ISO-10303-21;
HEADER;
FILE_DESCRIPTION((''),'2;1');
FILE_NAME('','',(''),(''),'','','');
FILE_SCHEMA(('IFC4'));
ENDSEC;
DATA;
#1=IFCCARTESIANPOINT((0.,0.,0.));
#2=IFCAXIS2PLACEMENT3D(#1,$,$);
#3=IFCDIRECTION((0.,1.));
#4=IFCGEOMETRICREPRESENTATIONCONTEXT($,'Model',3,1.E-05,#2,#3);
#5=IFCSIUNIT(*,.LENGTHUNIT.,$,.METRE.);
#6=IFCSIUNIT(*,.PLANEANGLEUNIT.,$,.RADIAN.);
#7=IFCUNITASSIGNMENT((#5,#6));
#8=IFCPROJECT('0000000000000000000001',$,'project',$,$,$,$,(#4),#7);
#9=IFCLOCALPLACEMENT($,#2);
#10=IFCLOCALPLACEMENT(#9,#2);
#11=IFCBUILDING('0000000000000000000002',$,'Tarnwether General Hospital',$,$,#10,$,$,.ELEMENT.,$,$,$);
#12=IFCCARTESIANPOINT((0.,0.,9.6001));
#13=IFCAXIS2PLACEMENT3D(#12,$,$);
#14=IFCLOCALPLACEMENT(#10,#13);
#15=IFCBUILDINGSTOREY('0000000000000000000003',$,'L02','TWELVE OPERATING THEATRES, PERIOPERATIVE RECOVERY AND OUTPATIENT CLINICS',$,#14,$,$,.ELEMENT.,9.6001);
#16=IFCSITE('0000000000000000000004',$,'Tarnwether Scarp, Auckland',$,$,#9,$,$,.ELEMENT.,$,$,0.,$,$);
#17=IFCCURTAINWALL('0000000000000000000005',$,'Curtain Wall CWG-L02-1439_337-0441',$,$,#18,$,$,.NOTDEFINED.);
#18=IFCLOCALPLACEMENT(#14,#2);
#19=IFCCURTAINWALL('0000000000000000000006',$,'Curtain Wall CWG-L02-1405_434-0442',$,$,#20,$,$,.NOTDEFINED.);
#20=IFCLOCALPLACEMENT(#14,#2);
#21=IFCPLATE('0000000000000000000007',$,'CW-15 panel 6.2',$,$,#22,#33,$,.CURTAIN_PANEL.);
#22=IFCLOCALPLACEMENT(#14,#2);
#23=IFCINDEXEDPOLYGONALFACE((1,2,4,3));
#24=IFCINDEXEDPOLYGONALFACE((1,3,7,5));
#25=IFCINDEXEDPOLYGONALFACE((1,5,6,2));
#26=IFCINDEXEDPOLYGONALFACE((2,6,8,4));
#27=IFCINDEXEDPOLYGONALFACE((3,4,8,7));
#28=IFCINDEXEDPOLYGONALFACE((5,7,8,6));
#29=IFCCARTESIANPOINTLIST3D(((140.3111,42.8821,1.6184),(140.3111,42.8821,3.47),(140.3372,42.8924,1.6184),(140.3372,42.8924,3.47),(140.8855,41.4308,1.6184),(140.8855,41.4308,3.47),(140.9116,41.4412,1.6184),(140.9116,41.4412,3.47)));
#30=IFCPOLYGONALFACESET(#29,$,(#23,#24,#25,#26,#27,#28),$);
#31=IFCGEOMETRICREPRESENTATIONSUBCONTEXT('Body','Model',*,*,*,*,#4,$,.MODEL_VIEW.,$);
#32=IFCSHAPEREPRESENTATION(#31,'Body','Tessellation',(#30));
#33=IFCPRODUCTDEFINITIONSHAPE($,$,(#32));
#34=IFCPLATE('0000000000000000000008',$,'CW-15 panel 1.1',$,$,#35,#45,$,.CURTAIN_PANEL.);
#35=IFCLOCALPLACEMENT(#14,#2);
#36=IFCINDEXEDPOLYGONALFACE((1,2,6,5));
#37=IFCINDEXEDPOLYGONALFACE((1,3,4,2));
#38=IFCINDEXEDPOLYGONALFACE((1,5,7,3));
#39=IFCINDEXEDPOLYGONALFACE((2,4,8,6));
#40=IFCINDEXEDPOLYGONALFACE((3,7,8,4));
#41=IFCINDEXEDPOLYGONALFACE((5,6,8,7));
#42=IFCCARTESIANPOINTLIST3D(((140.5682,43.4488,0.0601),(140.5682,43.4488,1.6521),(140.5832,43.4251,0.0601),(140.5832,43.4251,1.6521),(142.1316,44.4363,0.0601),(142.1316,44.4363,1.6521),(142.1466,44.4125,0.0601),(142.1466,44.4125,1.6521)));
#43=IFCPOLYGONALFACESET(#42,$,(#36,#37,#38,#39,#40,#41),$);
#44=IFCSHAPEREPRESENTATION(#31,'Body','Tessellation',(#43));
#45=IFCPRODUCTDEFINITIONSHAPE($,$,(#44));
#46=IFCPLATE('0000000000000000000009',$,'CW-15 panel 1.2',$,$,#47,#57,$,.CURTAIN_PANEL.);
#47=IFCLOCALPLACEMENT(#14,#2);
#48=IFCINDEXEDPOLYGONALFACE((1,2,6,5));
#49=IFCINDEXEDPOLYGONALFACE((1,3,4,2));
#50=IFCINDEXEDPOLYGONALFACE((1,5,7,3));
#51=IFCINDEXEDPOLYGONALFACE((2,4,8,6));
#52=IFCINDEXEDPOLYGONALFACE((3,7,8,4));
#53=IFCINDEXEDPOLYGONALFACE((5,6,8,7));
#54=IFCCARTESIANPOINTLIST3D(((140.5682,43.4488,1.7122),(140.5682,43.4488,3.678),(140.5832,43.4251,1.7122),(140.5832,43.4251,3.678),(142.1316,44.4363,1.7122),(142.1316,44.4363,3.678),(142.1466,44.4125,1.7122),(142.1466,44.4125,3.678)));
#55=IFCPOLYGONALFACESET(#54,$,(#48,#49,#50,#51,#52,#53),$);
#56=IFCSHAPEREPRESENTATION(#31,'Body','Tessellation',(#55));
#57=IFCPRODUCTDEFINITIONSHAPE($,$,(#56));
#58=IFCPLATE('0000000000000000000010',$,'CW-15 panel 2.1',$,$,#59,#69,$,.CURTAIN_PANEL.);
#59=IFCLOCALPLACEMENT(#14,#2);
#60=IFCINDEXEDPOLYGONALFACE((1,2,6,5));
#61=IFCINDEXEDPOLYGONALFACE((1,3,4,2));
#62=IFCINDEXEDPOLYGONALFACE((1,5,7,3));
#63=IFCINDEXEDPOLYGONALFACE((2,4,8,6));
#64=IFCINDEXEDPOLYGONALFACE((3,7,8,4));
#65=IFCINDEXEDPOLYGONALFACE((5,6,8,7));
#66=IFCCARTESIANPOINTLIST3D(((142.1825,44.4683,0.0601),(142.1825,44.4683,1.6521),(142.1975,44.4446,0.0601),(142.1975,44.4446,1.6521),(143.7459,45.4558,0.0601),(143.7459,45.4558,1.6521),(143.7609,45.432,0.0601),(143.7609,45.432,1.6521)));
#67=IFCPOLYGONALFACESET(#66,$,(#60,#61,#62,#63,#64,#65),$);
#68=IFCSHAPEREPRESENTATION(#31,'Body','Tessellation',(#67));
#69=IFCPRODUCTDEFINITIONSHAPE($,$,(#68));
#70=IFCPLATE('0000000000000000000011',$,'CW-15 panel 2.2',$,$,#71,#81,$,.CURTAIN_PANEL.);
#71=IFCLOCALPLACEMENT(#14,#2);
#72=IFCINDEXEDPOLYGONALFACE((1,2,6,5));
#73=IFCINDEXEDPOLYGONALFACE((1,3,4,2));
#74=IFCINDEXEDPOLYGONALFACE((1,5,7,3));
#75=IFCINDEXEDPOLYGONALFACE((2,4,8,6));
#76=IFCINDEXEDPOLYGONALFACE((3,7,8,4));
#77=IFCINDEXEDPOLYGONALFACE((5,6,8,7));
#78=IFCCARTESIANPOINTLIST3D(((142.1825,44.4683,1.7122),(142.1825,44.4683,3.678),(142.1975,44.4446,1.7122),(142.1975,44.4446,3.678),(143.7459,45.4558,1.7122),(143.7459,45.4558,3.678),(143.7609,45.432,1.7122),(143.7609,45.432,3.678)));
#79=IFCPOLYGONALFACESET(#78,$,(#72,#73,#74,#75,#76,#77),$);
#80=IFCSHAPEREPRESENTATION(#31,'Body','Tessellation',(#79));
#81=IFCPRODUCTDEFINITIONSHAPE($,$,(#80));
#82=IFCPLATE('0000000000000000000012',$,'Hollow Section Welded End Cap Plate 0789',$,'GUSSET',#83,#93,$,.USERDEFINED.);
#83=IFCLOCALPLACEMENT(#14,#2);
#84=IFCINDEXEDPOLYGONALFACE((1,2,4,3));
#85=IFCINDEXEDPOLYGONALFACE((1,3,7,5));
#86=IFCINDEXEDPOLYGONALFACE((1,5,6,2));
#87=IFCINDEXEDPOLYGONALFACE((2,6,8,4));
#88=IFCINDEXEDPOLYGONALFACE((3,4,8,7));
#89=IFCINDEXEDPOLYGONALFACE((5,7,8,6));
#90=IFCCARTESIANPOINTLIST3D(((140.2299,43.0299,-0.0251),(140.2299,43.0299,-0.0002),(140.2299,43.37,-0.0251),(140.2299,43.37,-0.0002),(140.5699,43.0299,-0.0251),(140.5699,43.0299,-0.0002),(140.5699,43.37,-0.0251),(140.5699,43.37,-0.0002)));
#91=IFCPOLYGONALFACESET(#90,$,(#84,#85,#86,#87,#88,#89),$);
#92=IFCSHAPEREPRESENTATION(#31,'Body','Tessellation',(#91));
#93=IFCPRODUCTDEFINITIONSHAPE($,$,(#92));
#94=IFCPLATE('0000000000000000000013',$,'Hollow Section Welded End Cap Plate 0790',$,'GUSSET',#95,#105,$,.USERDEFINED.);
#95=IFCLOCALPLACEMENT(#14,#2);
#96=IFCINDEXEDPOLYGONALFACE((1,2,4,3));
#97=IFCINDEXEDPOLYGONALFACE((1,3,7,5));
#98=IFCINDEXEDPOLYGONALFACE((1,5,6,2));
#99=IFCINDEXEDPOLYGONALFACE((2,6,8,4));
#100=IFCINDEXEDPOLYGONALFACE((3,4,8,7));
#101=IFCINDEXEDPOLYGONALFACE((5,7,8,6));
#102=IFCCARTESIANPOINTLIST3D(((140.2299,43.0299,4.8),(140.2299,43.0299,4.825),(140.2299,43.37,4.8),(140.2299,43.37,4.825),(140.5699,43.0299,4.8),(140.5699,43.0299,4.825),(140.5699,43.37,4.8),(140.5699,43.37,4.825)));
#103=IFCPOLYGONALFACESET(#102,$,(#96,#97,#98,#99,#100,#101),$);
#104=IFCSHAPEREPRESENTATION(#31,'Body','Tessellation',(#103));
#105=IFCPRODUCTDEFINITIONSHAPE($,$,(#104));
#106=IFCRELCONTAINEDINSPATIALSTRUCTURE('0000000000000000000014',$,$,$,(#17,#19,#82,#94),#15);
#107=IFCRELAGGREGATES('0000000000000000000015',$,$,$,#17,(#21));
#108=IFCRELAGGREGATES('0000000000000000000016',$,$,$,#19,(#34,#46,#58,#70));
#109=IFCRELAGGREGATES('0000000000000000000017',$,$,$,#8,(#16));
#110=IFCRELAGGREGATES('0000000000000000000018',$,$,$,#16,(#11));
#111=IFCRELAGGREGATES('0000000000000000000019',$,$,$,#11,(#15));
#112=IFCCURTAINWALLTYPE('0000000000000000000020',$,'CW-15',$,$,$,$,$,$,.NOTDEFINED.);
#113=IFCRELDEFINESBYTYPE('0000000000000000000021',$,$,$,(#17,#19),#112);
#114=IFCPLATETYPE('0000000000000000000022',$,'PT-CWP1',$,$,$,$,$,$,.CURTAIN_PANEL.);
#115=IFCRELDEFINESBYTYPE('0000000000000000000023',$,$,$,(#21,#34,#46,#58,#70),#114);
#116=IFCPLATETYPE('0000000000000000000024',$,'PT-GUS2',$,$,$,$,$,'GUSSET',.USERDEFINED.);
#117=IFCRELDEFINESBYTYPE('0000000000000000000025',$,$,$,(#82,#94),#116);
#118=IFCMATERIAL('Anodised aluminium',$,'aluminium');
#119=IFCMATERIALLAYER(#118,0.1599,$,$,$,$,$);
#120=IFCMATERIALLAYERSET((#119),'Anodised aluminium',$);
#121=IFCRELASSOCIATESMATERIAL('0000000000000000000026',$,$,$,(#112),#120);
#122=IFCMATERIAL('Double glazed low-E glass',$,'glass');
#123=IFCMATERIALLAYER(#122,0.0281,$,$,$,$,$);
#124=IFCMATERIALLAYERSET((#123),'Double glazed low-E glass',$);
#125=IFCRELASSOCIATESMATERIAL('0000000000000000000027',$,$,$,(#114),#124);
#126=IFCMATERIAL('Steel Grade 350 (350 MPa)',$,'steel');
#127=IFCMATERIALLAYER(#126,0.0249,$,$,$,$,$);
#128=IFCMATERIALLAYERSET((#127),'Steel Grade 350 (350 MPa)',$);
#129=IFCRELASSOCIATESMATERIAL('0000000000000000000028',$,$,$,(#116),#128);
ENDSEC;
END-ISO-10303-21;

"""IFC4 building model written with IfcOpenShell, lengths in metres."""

from ifc_helpers import new_model, si_unit, direction, frame, origin, origin_2d, place, context, subcontext, project, spatial, rectangle, extrude, material, layer, layer_set, type_object, element, aggregate, save


model = new_model("IFC4")

# Units and contexts
model_context = context("Model", 3, precision=1e-05, world=origin(), true_north=direction((0.0, 1.0)))
body_context = subcontext(model_context, "Body", "Model", "MODEL_VIEW")
ifc_project = project(units=[si_unit("LENGTHUNIT", "METRE"), si_unit("PLANEANGLEUNIT", "RADIAN")], contexts=[model_context])

# Site, building, storey
site_placement = place(None, origin())
site = spatial("IfcSite", under=ifc_project, at=site_placement, Name="Tarnwether Scarp, Auckland", CompositionType="ELEMENT", RefElevation=0.0)
building_placement = place(site_placement, origin())
building = spatial("IfcBuilding", under=site, at=building_placement, Name="Tarnwether General Hospital", CompositionType="ELEMENT")
storey_placement = place(building_placement, frame((0.0, 0.0, 9.6001)))
storey = spatial("IfcBuildingStorey", under=building, at=storey_placement, Name="L02", Description="TWELVE OPERATING THEATRES, PERIOPERATIVE RECOVERY AND OUTPATIENT CLINICS", CompositionType="ELEMENT", Elevation=9.6001)

# Curtain walls
ifc_material_1 = material(Name="Anodised aluminium", Category="aluminium")
ifc_layer_1 = layer(ifc_material_1, 0.1599)
ifc_layer_set_1 = layer_set([ifc_layer_1], Name="Anodised aluminium")
curtain_wall_type = type_object("IfcCurtainWallType", Name="CW-15", PredefinedType="NOTDEFINED", material=ifc_layer_set_1)
curtain_wall_1_placement = place(storey_placement, origin())
curtain_wall_1 = element("IfcCurtainWall", 1, at=curtain_wall_1_placement, inside=storey, type_object=curtain_wall_type, Name="Curtain Wall CWG-L02-1439_337-0441", PredefinedType="NOTDEFINED")
curtain_wall_2_placement = place(storey_placement, origin())
curtain_wall_2 = element("IfcCurtainWall", 2, at=curtain_wall_2_placement, inside=storey, type_object=curtain_wall_type, Name="Curtain Wall CWG-L02-1405_434-0442", PredefinedType="NOTDEFINED")

# Plates
ifc_material_2 = material(Name="Double glazed low-E glass", Category="glass")
ifc_layer_2 = layer(ifc_material_2, 0.0281)
ifc_layer_set_2 = layer_set([ifc_layer_2], Name="Double glazed low-E glass")
plate_type_1 = type_object("IfcPlateType", Name="PT-CWP1", PredefinedType="CURTAIN_PANEL", material=ifc_layer_set_2)
plate_1_placement = place(storey_placement, frame((140.6113, 42.1616, 1.6184), z_axis=(0.0, 0.0, 1.0), x_axis=(-0.367994, 0.929828, 0.0)))
plate_1 = element("IfcPlate", 3, at=plate_1_placement, type_object=plate_type_1, Name="CW-15 panel 6.2", PredefinedType="CURTAIN_PANEL", context=body_context, shape_type="SweptSolid", body=[
    extrude(rectangle(XDim=1.5608, YDim=0.0281, at=origin_2d()), origin(), (0.0, 0.0, 1.0), 1.8516),
])
aggregate(curtain_wall_1, [plate_1])
plate_2_placement = place(storey_placement, frame((141.3574, 43.9307, 0.0601), z_axis=(0.0, 0.0, 1.0), x_axis=(0.845483, 0.534003, 0.0)))
plate_2 = element("IfcPlate", 4, at=plate_2_placement, type_object=plate_type_1, Name="CW-15 panel 1.1", PredefinedType="CURTAIN_PANEL", context=body_context, shape_type="SweptSolid", body=[
    extrude(rectangle(XDim=1.8491, YDim=0.0281, at=origin_2d()), origin(), (0.0, 0.0, 1.0), 1.592),
])
plate_3_placement = place(storey_placement, frame((141.3574, 43.9307, 1.7122), z_axis=(0.0, 0.0, 1.0), x_axis=(0.845483, 0.534003, 0.0)))
plate_3 = element("IfcPlate", 5, at=plate_3_placement, type_object=plate_type_1, Name="CW-15 panel 1.2", PredefinedType="CURTAIN_PANEL", context=body_context, shape_type="SweptSolid", body=[
    extrude(rectangle(XDim=1.8491, YDim=0.0281, at=origin_2d()), origin(), (0.0, 0.0, 1.0), 1.9658),
])
plate_4_placement = place(storey_placement, frame((142.9717, 44.9502, 0.0601), z_axis=(0.0, 0.0, 1.0), x_axis=(0.845483, 0.534003, 0.0)))
plate_4 = element("IfcPlate", 6, at=plate_4_placement, type_object=plate_type_1, Name="CW-15 panel 2.1", PredefinedType="CURTAIN_PANEL", context=body_context, shape_type="SweptSolid", body=[
    extrude(rectangle(XDim=1.8491, YDim=0.0281, at=origin_2d()), origin(), (0.0, 0.0, 1.0), 1.592),
])
plate_5_placement = place(storey_placement, frame((142.9717, 44.9502, 1.7122), z_axis=(0.0, 0.0, 1.0), x_axis=(0.845483, 0.534003, 0.0)))
plate_5 = element("IfcPlate", 7, at=plate_5_placement, type_object=plate_type_1, Name="CW-15 panel 2.2", PredefinedType="CURTAIN_PANEL", context=body_context, shape_type="SweptSolid", body=[
    extrude(rectangle(XDim=1.8491, YDim=0.0281, at=origin_2d()), origin(), (0.0, 0.0, 1.0), 1.9658),
])
aggregate(curtain_wall_2, [plate_2, plate_3, plate_4, plate_5])

# Plates
ifc_material_3 = material(Name="Steel Grade 350 (350 MPa)", Category="steel")
ifc_layer_3 = layer(ifc_material_3, 0.0249)
ifc_layer_set_3 = layer_set([ifc_layer_3], Name="Steel Grade 350 (350 MPa)")
plate_type_2 = type_object("IfcPlateType", Name="PT-GUS2", ElementType="GUSSET", PredefinedType="USERDEFINED", material=ifc_layer_set_3)
for number, where, z_axis, x_axis, name in (
    (8, (140.3999, 43.2, -0.0251), (0.0, 0.0, 1.0), (1.0, 0.0, 0.0), "Hollow Section Welded End Cap Plate 0789"),
    (9, (140.3999, 43.2, 4.8), (0.0, 0.0, 1.0), (1.0, 0.0, 0.0), "Hollow Section Welded End Cap Plate 0790"),
):
    element("IfcPlate", number, at=place(storey_placement, frame(where, z_axis=z_axis, x_axis=x_axis)), inside=storey, type_object=plate_type_2, Name=name, ObjectType="GUSSET", PredefinedType="USERDEFINED", context=body_context, shape_type="SweptSolid", body=[
        extrude(rectangle(XDim=0.3401, YDim=0.3401, at=origin_2d()), origin(), (0.0, 0.0, 1.0), 0.0249),
    ])

save(model, "model.ifc")
